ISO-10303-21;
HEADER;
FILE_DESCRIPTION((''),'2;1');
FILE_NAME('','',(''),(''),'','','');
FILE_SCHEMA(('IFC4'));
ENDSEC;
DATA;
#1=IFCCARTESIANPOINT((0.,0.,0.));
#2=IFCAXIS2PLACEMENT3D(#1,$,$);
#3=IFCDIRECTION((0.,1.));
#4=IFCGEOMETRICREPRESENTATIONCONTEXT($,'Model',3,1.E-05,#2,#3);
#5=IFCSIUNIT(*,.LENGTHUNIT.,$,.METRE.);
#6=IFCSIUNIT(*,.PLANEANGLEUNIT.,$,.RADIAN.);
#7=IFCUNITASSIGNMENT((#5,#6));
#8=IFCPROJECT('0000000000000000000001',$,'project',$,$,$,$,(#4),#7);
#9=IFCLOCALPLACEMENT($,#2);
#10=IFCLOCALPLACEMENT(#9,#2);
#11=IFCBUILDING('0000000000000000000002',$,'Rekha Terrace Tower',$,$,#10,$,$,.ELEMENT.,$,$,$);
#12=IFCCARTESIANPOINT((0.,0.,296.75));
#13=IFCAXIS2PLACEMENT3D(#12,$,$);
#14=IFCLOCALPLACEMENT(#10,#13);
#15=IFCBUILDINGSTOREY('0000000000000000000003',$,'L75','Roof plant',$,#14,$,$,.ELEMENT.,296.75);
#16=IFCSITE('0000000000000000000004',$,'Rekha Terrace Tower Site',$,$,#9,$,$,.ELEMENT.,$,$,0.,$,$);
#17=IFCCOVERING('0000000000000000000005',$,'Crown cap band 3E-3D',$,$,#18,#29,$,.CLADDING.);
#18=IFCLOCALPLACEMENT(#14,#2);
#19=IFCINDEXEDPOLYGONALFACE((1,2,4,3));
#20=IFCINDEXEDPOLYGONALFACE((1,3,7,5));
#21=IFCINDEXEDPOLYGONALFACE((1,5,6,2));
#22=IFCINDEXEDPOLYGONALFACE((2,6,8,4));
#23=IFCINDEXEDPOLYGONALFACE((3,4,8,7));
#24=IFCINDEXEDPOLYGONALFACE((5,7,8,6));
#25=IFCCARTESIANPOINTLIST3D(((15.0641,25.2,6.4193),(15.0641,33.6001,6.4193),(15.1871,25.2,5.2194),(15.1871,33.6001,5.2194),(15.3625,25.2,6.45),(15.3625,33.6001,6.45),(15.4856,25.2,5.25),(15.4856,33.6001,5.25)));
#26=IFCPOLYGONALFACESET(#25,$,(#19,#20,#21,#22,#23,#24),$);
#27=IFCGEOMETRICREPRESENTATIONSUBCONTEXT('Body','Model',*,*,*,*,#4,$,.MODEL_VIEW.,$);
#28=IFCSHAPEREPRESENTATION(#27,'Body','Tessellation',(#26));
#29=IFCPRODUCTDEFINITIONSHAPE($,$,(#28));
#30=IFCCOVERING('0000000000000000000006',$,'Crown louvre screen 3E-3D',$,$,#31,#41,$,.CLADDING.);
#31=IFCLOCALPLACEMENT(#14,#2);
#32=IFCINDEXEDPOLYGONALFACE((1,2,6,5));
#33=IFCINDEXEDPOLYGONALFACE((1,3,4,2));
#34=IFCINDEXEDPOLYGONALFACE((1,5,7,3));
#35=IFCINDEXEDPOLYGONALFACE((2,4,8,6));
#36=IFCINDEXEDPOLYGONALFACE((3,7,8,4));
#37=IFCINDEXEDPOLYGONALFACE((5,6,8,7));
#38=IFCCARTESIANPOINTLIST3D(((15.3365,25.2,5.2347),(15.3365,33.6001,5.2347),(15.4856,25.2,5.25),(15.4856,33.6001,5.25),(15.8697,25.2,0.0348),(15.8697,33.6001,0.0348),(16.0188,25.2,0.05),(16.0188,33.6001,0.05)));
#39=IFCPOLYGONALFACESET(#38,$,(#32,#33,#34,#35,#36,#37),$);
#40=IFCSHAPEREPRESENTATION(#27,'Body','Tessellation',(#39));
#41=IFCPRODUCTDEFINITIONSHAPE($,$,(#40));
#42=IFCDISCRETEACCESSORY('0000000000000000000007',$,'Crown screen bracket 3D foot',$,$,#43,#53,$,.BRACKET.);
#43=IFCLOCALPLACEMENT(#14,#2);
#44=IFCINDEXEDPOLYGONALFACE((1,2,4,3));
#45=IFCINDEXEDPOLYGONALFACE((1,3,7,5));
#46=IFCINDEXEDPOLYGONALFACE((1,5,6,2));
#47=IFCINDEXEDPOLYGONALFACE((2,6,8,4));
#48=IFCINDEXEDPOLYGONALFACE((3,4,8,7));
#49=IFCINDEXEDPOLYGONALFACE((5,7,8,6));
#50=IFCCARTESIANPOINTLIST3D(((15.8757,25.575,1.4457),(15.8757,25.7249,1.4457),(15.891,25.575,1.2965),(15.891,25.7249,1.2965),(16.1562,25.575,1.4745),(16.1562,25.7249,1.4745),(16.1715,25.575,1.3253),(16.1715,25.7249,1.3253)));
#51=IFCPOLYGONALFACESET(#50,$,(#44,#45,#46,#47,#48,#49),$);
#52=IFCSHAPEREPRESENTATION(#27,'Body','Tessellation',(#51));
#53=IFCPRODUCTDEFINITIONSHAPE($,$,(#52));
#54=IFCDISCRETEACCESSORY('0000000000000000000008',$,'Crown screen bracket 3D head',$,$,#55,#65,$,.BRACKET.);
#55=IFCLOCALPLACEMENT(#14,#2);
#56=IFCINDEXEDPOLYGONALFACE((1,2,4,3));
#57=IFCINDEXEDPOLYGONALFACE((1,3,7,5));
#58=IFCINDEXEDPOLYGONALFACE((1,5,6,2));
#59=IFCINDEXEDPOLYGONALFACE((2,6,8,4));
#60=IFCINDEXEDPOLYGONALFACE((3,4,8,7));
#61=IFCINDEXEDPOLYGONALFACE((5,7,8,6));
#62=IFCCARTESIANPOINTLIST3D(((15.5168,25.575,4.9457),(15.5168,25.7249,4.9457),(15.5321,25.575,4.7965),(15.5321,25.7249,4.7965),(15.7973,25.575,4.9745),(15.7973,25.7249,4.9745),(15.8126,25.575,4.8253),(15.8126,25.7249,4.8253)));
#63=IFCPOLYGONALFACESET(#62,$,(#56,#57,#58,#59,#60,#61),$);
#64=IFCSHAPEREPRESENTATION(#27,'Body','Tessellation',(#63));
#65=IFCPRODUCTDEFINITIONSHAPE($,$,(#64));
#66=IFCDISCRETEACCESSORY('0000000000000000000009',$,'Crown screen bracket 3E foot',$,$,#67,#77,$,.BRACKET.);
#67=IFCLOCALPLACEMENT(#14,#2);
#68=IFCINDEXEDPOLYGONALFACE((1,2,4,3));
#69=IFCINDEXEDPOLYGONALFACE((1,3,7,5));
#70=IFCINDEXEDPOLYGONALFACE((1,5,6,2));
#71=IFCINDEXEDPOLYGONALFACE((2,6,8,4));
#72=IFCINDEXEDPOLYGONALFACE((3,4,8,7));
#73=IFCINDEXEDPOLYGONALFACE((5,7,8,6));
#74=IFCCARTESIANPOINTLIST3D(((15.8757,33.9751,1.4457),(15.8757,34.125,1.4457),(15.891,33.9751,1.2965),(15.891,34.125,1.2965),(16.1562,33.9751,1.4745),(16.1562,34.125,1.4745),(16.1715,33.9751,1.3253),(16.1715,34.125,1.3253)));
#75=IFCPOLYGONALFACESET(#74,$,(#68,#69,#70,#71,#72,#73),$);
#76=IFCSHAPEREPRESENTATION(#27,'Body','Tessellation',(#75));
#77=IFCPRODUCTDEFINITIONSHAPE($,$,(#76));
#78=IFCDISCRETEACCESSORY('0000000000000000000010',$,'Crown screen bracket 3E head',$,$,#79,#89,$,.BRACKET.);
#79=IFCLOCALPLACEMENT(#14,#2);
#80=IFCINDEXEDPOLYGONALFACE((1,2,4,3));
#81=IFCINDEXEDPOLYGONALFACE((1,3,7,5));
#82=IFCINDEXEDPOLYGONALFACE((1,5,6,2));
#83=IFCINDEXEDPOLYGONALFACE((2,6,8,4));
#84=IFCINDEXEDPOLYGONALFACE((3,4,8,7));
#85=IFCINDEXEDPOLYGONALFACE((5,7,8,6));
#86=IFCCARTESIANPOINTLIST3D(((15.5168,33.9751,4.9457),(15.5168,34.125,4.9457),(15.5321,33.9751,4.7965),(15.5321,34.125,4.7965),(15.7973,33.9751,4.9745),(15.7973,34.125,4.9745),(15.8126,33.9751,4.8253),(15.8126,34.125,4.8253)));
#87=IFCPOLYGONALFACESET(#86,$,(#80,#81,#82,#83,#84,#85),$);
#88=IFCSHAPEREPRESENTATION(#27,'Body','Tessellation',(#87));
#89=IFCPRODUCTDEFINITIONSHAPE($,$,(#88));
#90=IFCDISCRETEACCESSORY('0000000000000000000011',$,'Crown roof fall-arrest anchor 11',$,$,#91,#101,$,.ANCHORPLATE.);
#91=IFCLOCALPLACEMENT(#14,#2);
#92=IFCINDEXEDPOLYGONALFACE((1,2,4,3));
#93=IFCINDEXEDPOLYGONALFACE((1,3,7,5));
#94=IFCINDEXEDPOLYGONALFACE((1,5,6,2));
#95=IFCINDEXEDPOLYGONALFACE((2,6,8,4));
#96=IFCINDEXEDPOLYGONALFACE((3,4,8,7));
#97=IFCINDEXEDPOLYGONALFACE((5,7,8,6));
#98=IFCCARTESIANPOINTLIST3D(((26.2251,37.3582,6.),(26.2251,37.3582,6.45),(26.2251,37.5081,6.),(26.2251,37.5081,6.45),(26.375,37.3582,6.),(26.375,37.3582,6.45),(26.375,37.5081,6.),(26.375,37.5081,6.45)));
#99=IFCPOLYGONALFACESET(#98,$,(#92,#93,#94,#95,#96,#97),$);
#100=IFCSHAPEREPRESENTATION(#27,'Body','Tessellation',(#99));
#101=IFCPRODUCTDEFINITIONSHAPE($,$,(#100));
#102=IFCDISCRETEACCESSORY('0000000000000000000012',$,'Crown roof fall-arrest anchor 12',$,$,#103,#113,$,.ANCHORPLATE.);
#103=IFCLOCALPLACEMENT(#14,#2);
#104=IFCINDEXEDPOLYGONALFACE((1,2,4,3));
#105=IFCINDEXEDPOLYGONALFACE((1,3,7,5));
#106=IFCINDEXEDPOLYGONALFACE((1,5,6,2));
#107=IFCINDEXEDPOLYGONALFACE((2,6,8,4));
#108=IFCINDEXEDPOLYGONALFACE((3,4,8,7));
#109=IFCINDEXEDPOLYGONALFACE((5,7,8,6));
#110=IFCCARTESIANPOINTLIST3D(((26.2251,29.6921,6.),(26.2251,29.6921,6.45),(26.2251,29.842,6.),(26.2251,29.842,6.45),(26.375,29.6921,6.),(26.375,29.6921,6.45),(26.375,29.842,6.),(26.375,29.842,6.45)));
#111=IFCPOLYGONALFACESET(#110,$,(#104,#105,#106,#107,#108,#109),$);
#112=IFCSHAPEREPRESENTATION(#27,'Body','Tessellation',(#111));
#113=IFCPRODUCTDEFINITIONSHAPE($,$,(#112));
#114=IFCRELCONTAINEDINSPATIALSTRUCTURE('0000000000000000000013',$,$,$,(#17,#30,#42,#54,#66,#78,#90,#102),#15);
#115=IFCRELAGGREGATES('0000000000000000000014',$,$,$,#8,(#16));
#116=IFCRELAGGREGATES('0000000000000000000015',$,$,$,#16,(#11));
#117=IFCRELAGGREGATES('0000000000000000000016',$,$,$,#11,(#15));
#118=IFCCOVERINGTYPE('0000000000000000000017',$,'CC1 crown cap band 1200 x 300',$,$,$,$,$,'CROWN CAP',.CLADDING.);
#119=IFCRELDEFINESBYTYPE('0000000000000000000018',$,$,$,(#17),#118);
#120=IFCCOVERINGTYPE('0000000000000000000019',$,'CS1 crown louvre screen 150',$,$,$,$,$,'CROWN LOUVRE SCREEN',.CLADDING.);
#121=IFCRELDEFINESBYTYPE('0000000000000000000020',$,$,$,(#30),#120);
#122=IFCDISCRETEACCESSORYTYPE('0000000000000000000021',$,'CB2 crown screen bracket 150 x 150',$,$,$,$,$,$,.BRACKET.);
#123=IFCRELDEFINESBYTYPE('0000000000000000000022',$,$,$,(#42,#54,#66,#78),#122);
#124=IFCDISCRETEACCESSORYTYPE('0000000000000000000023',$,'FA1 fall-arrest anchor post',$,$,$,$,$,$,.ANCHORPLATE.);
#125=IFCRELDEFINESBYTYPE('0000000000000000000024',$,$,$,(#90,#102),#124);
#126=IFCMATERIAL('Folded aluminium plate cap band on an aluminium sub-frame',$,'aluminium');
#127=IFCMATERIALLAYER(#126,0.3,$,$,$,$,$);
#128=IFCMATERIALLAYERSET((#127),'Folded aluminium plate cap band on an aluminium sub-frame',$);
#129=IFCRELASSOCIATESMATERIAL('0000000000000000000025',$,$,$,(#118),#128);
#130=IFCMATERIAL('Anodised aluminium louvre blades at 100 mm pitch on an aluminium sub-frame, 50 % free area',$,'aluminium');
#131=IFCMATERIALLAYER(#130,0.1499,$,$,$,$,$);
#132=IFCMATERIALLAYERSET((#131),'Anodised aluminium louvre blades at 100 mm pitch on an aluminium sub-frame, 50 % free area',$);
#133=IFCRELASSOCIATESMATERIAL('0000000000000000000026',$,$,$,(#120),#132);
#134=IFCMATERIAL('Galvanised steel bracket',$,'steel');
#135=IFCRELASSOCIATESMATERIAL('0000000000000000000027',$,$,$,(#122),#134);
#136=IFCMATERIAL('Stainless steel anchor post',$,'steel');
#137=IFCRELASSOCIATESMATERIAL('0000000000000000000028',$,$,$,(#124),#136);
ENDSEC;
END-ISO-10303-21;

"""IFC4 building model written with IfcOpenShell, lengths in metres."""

from ifc_helpers import new_model, si_unit, direction, frame, origin, origin_2d, place, context, subcontext, project, spatial, polyline, rectangle, outline, extrude, material, layer, layer_set, type_object, element, save


model = new_model("IFC4")

# Units and contexts
model_context = context("Model", 3, precision=1e-05, world=origin(), true_north=direction((0.0, 1.0)))
body_context = subcontext(model_context, "Body", "Model", "MODEL_VIEW")
ifc_project = project(units=[si_unit("LENGTHUNIT", "METRE"), si_unit("PLANEANGLEUNIT", "RADIAN")], contexts=[model_context])

# Site, building, storey
site_placement = place(None, origin())
site = spatial("IfcSite", under=ifc_project, at=site_placement, Name="Rekha Terrace Tower Site", CompositionType="ELEMENT", RefElevation=0.0)
building_placement = place(site_placement, origin())
building = spatial("IfcBuilding", under=site, at=building_placement, Name="Rekha Terrace Tower", CompositionType="ELEMENT")
storey_placement = place(building_placement, frame((0.0, 0.0, 296.75)))
storey = spatial("IfcBuildingStorey", under=building, at=storey_placement, Name="L75", Description="Roof plant", CompositionType="ELEMENT", Elevation=296.75)

# Coverings
ifc_material_1 = material(Name="Folded aluminium plate cap band on an aluminium sub-frame", Category="aluminium")
ifc_layer_1 = layer(ifc_material_1, 0.3)
ifc_layer_set_1 = layer_set([ifc_layer_1], Name="Folded aluminium plate cap band on an aluminium sub-frame")
covering_type_1 = type_object("IfcCoveringType", Name="CC1 crown cap band 1200 x 300", ElementType="CROWN CAP", PredefinedType="CLADDING", material=ifc_layer_set_1)
covering_1_placement = place(storey_placement, frame((15.4856, 33.6001, 5.25), z_axis=(0.994784, 0.0, 0.102008), x_axis=(0.0, -1.0, 0.0)))
element("IfcCovering", 1, at=covering_1_placement, inside=storey, type_object=covering_type_1, Name="Crown cap band 3E-3D", PredefinedType="CLADDING", context=body_context, shape_type="SweptSolid", body=[
    extrude(outline(polyline([(0.0, 0.0), (8.4001, 0.0), (8.4001, -1.2062), (0.0, -1.2062), (0.0, 0.0)])), origin(), (0.0, 0.0, -1.0), 0.3),
])
ifc_material_2 = material(Name="Anodised aluminium louvre blades at 100 mm pitch on an aluminium sub-frame, 50 % free area", Category="aluminium")
ifc_layer_2 = layer(ifc_material_2, 0.1499)
ifc_layer_set_2 = layer_set([ifc_layer_2], Name="Anodised aluminium louvre blades at 100 mm pitch on an aluminium sub-frame, 50 % free area")
covering_type_2 = type_object("IfcCoveringType", Name="CS1 crown louvre screen 150", ElementType="CROWN LOUVRE SCREEN", PredefinedType="CLADDING", material=ifc_layer_set_2)
covering_2_placement = place(storey_placement, frame((16.0188, 33.6001, 0.05), z_axis=(0.994784, 0.0, 0.102005), x_axis=(0.0, -1.0, 0.0)))
element("IfcCovering", 2, at=covering_2_placement, inside=storey, type_object=covering_type_2, Name="Crown louvre screen 3E-3D", PredefinedType="CLADDING", context=body_context, shape_type="SweptSolid", body=[
    extrude(outline(polyline([(0.0, 0.0), (8.4001, 0.0), (8.4001, -5.2272), (0.0, -5.2272), (0.0, 0.0)])), origin(), (0.0, 0.0, -1.0), 0.1499),
])

# Discrete accessories
ifc_material_3 = material(Name="Galvanised steel bracket", Category="steel")
discrete_accessory_type_1 = type_object("IfcDiscreteAccessoryType", Name="CB2 crown screen bracket 150 x 150", PredefinedType="BRACKET", material=ifc_material_3)
for number, where, z_axis, x_axis, name in (
    (3, (16.1638, 25.6499, 1.3999), (-0.994768, 0.0, -0.102161), (0.0, -1.0, 0.0), "Crown screen bracket 3D foot"),
    (4, (15.8049, 25.6499, 4.8999), (-0.994768, 0.0, -0.102161), (0.0, -1.0, 0.0), "Crown screen bracket 3D head"),
    (5, (16.1638, 34.05, 1.3999), (-0.994768, 0.0, -0.102161), (0.0, -1.0, 0.0), "Crown screen bracket 3E foot"),
    (6, (15.8049, 34.05, 4.8999), (-0.994768, 0.0, -0.102161), (0.0, -1.0, 0.0), "Crown screen bracket 3E head"),
):
    element("IfcDiscreteAccessory", number, at=place(storey_placement, frame(where, z_axis=z_axis, x_axis=x_axis)), inside=storey, type_object=discrete_accessory_type_1, Name=name, PredefinedType="BRACKET", context=body_context, shape_type="SweptSolid", body=[
        extrude(rectangle(XDim=0.1499, YDim=0.1499, at=origin_2d()), origin(), (0.0, 0.0, 1.0), 0.282),
    ])
ifc_material_4 = material(Name="Stainless steel anchor post", Category="steel")
discrete_accessory_type_2 = type_object("IfcDiscreteAccessoryType", Name="FA1 fall-arrest anchor post", PredefinedType="ANCHORPLATE", material=ifc_material_4)
for number, where, z_axis, x_axis, name in (
    (7, (26.3, 37.4331, 6.0), (0.0, 0.0, 1.0), (1.0, 0.0, 0.0), "Crown roof fall-arrest anchor 11"),
    (8, (26.3, 29.7671, 6.0), (0.0, 0.0, 1.0), (1.0, 0.0, 0.0), "Crown roof fall-arrest anchor 12"),
):
    element("IfcDiscreteAccessory", number, at=place(storey_placement, frame(where, z_axis=z_axis, x_axis=x_axis)), inside=storey, type_object=discrete_accessory_type_2, Name=name, PredefinedType="ANCHORPLATE", context=body_context, shape_type="SweptSolid", body=[
        extrude(rectangle(XDim=0.1499, YDim=0.1499, at=origin_2d()), origin(), (0.0, 0.0, 1.0), 0.45),
    ])

save(model, "model.ifc")
